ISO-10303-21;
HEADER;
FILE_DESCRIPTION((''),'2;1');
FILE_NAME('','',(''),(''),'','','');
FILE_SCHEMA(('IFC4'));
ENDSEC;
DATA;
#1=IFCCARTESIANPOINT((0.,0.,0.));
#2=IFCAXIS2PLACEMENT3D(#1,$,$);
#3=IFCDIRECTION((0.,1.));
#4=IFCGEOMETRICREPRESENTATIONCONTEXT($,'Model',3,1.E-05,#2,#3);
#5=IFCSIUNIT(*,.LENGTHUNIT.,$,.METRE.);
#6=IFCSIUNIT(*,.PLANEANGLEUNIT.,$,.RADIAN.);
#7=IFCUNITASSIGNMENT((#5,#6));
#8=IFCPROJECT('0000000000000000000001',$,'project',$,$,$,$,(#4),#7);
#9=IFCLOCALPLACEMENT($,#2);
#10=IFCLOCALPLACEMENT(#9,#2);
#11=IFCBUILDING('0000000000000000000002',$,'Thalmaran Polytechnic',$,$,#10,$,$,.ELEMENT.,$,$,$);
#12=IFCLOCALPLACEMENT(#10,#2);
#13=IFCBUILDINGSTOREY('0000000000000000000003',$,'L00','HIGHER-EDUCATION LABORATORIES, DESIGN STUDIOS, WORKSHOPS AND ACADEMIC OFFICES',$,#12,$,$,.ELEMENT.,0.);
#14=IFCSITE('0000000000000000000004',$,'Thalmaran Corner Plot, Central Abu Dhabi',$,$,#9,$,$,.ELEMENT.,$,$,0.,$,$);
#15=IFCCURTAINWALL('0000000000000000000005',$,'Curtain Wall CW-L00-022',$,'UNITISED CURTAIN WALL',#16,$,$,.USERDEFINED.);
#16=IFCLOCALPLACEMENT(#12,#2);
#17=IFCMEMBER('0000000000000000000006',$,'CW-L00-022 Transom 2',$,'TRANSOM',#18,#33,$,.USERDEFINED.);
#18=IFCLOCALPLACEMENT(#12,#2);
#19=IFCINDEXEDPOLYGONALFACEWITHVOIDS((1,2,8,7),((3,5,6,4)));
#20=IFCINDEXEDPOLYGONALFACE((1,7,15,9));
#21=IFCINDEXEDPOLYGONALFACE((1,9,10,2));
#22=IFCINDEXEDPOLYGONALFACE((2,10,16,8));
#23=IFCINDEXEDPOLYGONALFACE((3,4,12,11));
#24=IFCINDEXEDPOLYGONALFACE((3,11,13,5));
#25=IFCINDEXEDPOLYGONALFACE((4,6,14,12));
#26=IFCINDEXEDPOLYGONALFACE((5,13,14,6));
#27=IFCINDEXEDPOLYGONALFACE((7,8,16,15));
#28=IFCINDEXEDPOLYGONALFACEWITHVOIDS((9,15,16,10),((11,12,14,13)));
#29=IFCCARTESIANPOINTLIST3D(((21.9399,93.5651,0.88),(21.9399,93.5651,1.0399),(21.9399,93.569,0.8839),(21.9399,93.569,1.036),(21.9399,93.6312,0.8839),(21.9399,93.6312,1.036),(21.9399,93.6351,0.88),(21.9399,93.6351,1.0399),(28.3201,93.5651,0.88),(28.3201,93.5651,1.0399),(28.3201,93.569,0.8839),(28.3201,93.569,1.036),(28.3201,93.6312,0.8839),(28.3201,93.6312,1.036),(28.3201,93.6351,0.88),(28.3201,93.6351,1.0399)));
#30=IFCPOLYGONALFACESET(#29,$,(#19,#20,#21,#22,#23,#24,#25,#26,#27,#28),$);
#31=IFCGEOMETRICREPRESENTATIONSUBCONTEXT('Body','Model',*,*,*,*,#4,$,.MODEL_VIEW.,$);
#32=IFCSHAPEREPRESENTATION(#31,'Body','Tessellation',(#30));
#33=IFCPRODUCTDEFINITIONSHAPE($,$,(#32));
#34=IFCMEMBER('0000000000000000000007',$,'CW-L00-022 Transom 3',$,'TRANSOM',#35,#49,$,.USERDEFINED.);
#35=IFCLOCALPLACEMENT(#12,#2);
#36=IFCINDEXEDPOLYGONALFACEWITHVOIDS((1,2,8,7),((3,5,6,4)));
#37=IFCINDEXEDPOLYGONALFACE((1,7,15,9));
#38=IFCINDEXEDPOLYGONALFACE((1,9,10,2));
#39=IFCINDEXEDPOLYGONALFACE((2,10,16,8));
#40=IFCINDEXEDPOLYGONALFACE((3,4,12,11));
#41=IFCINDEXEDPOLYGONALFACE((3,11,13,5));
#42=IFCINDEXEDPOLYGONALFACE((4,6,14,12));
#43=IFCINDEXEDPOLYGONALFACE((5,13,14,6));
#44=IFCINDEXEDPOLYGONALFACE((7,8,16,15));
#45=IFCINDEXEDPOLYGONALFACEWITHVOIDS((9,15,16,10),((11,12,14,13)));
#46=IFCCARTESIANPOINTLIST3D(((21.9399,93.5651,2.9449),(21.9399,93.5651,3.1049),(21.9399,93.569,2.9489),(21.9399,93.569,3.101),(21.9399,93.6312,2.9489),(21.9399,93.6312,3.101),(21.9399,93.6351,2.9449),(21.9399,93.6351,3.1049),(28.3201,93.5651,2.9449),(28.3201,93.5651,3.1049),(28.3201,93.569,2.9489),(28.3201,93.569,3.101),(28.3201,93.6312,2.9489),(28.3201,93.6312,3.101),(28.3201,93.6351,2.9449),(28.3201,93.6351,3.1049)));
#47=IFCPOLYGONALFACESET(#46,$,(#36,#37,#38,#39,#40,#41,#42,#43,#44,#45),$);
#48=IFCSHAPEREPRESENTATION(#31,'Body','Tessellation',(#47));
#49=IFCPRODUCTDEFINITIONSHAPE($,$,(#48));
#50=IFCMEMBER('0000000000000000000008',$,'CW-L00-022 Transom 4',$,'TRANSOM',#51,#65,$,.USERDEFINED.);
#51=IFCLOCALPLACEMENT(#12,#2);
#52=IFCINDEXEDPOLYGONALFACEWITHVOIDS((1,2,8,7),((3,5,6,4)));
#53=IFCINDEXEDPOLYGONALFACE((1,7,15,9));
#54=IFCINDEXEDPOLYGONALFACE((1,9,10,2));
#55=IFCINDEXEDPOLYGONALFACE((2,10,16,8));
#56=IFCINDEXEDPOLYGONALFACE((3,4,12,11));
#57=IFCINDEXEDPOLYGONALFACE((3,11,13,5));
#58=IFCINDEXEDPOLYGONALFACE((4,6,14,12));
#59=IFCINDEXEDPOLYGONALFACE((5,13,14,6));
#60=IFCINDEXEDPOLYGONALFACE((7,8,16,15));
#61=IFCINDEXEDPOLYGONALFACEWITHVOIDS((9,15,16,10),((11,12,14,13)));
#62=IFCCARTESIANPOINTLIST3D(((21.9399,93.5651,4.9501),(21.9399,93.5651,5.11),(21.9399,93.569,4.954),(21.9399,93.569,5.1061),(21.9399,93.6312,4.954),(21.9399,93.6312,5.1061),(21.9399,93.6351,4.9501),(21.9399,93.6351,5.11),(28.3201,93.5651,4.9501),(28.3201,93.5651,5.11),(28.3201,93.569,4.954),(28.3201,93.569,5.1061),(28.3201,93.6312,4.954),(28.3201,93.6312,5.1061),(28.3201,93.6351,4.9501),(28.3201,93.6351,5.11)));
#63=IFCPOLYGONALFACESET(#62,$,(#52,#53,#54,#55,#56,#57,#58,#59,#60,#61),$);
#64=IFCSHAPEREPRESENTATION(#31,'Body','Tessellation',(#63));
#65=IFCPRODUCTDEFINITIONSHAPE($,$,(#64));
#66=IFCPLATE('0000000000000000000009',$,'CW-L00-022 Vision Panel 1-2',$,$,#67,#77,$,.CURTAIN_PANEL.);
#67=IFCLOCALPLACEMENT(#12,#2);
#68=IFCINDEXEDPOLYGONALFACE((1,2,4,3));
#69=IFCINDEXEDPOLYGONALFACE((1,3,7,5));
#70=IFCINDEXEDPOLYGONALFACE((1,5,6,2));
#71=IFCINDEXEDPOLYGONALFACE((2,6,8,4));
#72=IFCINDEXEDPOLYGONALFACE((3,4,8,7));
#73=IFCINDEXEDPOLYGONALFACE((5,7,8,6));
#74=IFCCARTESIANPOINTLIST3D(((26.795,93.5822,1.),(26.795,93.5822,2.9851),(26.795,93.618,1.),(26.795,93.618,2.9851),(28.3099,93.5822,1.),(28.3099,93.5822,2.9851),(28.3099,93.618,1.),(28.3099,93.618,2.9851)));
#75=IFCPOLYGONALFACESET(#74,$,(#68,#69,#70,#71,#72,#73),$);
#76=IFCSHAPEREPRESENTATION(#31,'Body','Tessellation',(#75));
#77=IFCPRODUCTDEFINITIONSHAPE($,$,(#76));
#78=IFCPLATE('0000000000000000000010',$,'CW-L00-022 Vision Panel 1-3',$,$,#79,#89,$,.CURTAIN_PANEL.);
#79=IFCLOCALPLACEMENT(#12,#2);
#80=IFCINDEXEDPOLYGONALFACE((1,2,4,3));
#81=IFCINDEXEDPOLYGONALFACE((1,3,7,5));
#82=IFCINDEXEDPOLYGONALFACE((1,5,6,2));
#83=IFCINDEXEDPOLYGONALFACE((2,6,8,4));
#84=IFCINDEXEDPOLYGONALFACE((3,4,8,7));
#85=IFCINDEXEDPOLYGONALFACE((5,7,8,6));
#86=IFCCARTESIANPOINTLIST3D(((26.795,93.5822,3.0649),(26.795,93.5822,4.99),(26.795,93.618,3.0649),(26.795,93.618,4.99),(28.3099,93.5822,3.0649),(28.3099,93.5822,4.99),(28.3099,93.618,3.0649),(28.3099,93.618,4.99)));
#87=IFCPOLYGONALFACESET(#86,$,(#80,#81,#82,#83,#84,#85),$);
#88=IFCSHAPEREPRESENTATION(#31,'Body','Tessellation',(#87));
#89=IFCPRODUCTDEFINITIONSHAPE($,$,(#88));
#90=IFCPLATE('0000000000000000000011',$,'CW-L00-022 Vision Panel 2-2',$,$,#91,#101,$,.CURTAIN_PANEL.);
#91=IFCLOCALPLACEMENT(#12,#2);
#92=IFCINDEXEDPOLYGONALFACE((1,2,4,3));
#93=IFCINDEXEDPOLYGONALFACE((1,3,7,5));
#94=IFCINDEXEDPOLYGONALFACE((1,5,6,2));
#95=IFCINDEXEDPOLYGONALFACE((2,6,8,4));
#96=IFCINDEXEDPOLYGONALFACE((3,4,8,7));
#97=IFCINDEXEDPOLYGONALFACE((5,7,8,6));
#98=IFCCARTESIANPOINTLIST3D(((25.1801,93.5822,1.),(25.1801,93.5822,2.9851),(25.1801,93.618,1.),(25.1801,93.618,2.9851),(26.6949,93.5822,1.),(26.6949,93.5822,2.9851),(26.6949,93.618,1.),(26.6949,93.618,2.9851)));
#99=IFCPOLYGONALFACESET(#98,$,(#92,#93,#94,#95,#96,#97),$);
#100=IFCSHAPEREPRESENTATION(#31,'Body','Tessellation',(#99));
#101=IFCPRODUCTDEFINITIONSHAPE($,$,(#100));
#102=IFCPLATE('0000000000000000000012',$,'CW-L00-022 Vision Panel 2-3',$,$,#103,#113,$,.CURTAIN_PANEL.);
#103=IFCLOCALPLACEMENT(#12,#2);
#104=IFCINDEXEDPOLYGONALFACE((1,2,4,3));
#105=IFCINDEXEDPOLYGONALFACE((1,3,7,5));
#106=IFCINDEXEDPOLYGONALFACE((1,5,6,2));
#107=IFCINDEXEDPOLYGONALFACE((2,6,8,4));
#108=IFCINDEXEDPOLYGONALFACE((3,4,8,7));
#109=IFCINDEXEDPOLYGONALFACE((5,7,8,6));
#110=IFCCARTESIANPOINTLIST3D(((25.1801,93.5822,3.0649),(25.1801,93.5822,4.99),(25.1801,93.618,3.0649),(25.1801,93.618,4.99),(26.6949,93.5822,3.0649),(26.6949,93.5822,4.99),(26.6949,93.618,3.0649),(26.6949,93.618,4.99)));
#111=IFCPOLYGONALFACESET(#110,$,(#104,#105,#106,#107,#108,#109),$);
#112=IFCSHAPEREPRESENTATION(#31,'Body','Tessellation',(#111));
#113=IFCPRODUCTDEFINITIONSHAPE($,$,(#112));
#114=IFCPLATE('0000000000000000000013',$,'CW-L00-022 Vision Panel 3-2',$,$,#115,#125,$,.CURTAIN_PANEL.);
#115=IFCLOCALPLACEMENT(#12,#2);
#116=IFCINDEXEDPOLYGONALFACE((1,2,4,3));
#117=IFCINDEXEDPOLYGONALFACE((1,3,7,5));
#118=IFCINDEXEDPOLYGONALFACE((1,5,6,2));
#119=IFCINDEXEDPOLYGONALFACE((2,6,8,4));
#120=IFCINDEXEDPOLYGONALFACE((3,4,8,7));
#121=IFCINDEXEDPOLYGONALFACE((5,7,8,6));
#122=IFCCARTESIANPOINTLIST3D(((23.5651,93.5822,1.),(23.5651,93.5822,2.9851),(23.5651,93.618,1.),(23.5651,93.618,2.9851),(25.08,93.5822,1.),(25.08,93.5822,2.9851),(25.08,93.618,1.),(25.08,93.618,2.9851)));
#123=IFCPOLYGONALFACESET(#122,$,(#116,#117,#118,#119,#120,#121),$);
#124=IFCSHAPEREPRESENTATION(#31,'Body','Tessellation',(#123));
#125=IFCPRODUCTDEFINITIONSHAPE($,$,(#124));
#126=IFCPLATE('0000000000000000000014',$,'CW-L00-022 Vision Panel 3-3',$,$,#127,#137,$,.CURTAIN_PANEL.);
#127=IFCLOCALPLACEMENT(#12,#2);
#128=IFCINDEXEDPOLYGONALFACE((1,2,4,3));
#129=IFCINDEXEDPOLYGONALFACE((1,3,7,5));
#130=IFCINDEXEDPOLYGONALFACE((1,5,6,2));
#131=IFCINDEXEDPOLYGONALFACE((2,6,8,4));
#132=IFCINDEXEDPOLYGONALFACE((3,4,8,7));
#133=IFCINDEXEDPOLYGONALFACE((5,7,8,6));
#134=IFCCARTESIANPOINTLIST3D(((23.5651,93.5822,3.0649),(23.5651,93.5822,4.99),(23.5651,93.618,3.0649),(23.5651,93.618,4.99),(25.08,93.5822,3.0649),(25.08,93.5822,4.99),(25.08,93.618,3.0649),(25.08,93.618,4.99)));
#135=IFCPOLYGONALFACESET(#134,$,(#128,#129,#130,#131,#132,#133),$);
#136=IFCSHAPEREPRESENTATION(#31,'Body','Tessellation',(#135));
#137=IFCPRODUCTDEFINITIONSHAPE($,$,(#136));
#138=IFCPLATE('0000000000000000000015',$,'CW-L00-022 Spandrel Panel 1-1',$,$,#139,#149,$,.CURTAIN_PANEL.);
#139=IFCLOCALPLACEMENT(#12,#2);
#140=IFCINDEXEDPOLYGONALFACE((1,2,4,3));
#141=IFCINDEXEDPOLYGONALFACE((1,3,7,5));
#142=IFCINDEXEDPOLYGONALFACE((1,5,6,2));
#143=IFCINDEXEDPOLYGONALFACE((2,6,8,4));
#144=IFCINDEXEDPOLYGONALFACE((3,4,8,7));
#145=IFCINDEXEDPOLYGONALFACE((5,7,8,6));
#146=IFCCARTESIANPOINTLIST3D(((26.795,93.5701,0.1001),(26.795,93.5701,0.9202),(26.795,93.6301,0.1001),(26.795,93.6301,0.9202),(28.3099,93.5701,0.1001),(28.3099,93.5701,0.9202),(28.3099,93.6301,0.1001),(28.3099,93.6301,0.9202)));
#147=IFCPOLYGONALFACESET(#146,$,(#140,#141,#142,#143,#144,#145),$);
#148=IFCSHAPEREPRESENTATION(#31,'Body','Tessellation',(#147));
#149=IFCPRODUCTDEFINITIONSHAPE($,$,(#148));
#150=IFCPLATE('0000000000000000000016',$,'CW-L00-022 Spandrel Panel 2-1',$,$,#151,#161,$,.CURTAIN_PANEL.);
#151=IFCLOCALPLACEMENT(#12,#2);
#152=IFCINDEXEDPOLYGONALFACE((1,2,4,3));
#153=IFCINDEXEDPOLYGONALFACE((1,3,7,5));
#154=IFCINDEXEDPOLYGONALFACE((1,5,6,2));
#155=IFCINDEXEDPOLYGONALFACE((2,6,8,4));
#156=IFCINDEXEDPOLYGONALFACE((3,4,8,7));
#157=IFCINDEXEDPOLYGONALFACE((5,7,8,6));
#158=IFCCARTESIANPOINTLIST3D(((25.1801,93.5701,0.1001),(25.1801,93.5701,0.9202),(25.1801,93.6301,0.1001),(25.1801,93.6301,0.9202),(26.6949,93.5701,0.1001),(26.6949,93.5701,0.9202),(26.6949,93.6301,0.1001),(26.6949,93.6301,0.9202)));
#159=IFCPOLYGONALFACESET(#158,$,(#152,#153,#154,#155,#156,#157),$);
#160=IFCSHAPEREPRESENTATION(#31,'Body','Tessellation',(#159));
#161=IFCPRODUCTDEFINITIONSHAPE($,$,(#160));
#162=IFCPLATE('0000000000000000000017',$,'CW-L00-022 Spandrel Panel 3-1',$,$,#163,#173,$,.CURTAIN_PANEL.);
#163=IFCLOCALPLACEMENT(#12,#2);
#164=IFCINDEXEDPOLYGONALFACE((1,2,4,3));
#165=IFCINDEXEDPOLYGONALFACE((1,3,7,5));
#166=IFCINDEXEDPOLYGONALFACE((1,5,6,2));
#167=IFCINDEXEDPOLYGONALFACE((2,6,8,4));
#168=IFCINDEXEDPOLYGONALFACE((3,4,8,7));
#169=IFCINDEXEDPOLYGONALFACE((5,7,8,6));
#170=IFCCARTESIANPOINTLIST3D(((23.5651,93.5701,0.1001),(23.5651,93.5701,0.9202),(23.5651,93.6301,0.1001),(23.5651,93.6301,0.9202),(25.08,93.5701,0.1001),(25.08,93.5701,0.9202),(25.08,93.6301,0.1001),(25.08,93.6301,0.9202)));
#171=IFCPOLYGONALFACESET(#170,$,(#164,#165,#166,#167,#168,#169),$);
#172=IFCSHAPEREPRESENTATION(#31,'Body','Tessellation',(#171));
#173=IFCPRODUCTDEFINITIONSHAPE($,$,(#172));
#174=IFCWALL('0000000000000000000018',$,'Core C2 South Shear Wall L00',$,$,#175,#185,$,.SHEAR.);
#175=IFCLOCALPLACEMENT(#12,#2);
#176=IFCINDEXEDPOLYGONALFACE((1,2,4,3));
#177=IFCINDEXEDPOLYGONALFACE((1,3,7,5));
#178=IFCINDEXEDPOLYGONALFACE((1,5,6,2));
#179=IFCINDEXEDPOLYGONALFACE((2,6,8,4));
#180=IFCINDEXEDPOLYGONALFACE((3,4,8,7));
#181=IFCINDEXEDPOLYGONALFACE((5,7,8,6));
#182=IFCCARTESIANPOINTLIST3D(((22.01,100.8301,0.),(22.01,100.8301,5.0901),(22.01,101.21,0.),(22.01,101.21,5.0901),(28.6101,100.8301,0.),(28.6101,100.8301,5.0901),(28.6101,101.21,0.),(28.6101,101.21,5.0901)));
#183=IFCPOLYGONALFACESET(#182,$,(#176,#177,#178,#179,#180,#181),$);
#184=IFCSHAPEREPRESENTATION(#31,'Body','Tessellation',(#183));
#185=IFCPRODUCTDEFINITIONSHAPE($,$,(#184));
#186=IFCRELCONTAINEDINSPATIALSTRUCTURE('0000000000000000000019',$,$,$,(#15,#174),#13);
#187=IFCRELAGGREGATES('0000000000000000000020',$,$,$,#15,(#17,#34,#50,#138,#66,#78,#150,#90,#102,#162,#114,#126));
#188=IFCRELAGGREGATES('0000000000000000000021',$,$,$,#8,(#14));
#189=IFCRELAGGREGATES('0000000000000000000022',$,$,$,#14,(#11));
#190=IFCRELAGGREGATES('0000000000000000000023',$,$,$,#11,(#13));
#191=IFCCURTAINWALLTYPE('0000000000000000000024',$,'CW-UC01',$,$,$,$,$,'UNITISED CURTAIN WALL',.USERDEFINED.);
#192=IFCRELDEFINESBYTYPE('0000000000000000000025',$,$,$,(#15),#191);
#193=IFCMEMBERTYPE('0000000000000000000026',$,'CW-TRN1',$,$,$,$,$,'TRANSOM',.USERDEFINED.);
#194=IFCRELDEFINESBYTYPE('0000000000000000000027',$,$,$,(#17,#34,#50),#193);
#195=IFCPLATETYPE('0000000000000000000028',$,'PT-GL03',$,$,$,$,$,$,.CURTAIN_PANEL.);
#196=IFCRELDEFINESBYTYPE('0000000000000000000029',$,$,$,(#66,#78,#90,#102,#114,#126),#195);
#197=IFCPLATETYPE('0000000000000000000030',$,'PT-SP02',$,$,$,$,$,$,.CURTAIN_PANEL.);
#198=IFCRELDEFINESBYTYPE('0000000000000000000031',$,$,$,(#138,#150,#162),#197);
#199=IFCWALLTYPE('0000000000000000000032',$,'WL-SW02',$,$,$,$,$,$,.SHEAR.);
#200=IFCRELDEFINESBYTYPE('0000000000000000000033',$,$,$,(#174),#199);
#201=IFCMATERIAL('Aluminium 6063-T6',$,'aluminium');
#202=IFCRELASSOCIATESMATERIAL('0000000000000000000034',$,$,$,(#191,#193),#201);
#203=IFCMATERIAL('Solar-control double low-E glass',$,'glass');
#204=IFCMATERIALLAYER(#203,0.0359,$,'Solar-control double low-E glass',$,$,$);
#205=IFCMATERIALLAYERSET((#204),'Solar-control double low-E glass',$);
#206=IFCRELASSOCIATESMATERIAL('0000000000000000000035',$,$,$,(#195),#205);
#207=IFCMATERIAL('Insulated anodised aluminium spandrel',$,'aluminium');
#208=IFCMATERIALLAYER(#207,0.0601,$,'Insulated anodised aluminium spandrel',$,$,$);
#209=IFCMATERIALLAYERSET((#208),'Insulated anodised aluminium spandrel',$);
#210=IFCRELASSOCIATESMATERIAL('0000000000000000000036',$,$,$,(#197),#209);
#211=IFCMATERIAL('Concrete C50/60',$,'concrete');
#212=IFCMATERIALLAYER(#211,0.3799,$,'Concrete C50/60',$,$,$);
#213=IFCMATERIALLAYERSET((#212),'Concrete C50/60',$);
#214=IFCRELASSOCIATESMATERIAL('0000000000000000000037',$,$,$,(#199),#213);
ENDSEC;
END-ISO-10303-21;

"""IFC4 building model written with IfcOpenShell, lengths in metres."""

from ifc_helpers import new_model, si_unit, direction, frame, frame_2d, origin, origin_2d, place, context, subcontext, project, spatial, rectangle, hollow_rectangle, extrude, material, layer, layer_set, material_profile, profile_set, type_object, element, aggregate, save


model = new_model("IFC4")

# Units and contexts
model_context = context("Model", 3, precision=1e-05, world=origin(), true_north=direction((0.0, 1.0)))
body_context = subcontext(model_context, "Body", "Model", "MODEL_VIEW")
ifc_project = project(units=[si_unit("LENGTHUNIT", "METRE"), si_unit("PLANEANGLEUNIT", "RADIAN")], contexts=[model_context])

# Site, building, storey
site_placement = place(None, origin())
site = spatial("IfcSite", under=ifc_project, at=site_placement, Name="Thalmaran Corner Plot, Central Abu Dhabi", CompositionType="ELEMENT", RefElevation=0.0)
building_placement = place(site_placement, origin())
building = spatial("IfcBuilding", under=site, at=building_placement, Name="Thalmaran Polytechnic", CompositionType="ELEMENT")
storey_placement = place(building_placement, origin())
storey = spatial("IfcBuildingStorey", under=building, at=storey_placement, Name="L00", Description="HIGHER-EDUCATION LABORATORIES, DESIGN STUDIOS, WORKSHOPS AND ACADEMIC OFFICES", CompositionType="ELEMENT", Elevation=0.0)

# Shared definitions
ifc_material_1 = material(Name="Concrete C50/60", Category="concrete")

# Curtain wall, members, plates
ifc_material_2 = material(Name="Aluminium 6063-T6", Category="aluminium")
curtain_wall_type = type_object("IfcCurtainWallType", Name="CW-UC01", ElementType="UNITISED CURTAIN WALL", PredefinedType="USERDEFINED", material=ifc_material_2)
curtain_wall_placement = place(storey_placement, origin())
curtain_wall = element("IfcCurtainWall", 1, at=curtain_wall_placement, inside=storey, type_object=curtain_wall_type, Name="Curtain Wall CW-L00-022", ObjectType="UNITISED CURTAIN WALL", PredefinedType="USERDEFINED")
ifc_material_profile_1 = material_profile(ifc_material_2, hollow_rectangle(XDim=0.0701, YDim=0.1599, WallThickness=0.0039, at=origin_2d()), Name="AL 160x70x4.0")
ifc_profile_set_1 = profile_set([ifc_material_profile_1], Name="Aluminium 6063-T6")
member_type_1 = type_object("IfcMemberType", Name="CW-TRN1", ElementType="TRANSOM", PredefinedType="USERDEFINED", material=ifc_profile_set_1)
member_1_placement = place(storey_placement, frame((28.3201, 93.6001, 0.96), z_axis=(-1.0, 0.0, 0.0), x_axis=(0.0, -1.0, 0.0)))
member_1 = element("IfcMember", 2, at=member_1_placement, type_object=member_type_1, Name="CW-L00-022 Transom 2", ObjectType="TRANSOM", PredefinedType="USERDEFINED", context=body_context, shape_type="SweptSolid", body=[
    extrude(hollow_rectangle(XDim=0.0701, YDim=0.1599, WallThickness=0.0039, at=origin_2d()), origin(), (0.0, 0.0, 1.0), 6.3801),
])
member_2_placement = place(storey_placement, frame((28.3201, 93.6001, 3.0249), z_axis=(-1.0, 0.0, 0.0), x_axis=(0.0, -1.0, 0.0)))
member_2 = element("IfcMember", 3, at=member_2_placement, type_object=member_type_1, Name="CW-L00-022 Transom 3", ObjectType="TRANSOM", PredefinedType="USERDEFINED", context=body_context, shape_type="SweptSolid", body=[
    extrude(hollow_rectangle(XDim=0.0701, YDim=0.1599, WallThickness=0.0039, at=origin_2d()), origin(), (0.0, 0.0, 1.0), 6.3801),
])
member_3_placement = place(storey_placement, frame((28.3201, 93.6001, 5.03), z_axis=(-1.0, 0.0, 0.0), x_axis=(0.0, -1.0, 0.0)))
member_3 = element("IfcMember", 4, at=member_3_placement, type_object=member_type_1, Name="CW-L00-022 Transom 4", ObjectType="TRANSOM", PredefinedType="USERDEFINED", context=body_context, shape_type="SweptSolid", body=[
    extrude(hollow_rectangle(XDim=0.0701, YDim=0.1599, WallThickness=0.0039, at=origin_2d()), origin(), (0.0, 0.0, 1.0), 6.3801),
])
ifc_material_3 = material(Name="Solar-control double low-E glass", Category="glass")
ifc_layer_1 = layer(ifc_material_3, 0.0359, Name="Solar-control double low-E glass")
ifc_layer_set_1 = layer_set([ifc_layer_1], Name="Solar-control double low-E glass")
plate_type_1 = type_object("IfcPlateType", Name="PT-GL03", PredefinedType="CURTAIN_PANEL", material=ifc_layer_set_1)
plate_1_placement = place(storey_placement, frame((27.5525, 93.6001, 1.0), z_axis=(0.0, 0.0, 1.0), x_axis=(-1.0, 0.0, 0.0)))
plate_1 = element("IfcPlate", 5, at=plate_1_placement, type_object=plate_type_1, Name="CW-L00-022 Vision Panel 1-2", PredefinedType="CURTAIN_PANEL", context=body_context, shape_type="SweptSolid", body=[
    extrude(rectangle(XDim=1.5149, YDim=0.0359, at=origin_2d()), origin(), (0.0, 0.0, 1.0), 1.9851),
])
plate_2_placement = place(storey_placement, frame((27.5525, 93.6001, 3.0649), z_axis=(0.0, 0.0, 1.0), x_axis=(-1.0, 0.0, 0.0)))
plate_2 = element("IfcPlate", 6, at=plate_2_placement, type_object=plate_type_1, Name="CW-L00-022 Vision Panel 1-3", PredefinedType="CURTAIN_PANEL", context=body_context, shape_type="SweptSolid", body=[
    extrude(rectangle(XDim=1.5149, YDim=0.0359, at=origin_2d()), origin(), (0.0, 0.0, 1.0), 1.925),
])
plate_3_placement = place(storey_placement, frame((25.9375, 93.6001, 1.0), z_axis=(0.0, 0.0, 1.0), x_axis=(-1.0, 0.0, 0.0)))
plate_3 = element("IfcPlate", 7, at=plate_3_placement, type_object=plate_type_1, Name="CW-L00-022 Vision Panel 2-2", PredefinedType="CURTAIN_PANEL", context=body_context, shape_type="SweptSolid", body=[
    extrude(rectangle(XDim=1.5149, YDim=0.0359, at=origin_2d()), origin(), (0.0, 0.0, 1.0), 1.9851),
])
plate_4_placement = place(storey_placement, frame((25.9375, 93.6001, 3.0649), z_axis=(0.0, 0.0, 1.0), x_axis=(-1.0, 0.0, 0.0)))
plate_4 = element("IfcPlate", 8, at=plate_4_placement, type_object=plate_type_1, Name="CW-L00-022 Vision Panel 2-3", PredefinedType="CURTAIN_PANEL", context=body_context, shape_type="SweptSolid", body=[
    extrude(rectangle(XDim=1.5149, YDim=0.0359, at=origin_2d()), origin(), (0.0, 0.0, 1.0), 1.925),
])
plate_5_placement = place(storey_placement, frame((24.3225, 93.6001, 1.0), z_axis=(0.0, 0.0, 1.0), x_axis=(-1.0, 0.0, 0.0)))
plate_5 = element("IfcPlate", 9, at=plate_5_placement, type_object=plate_type_1, Name="CW-L00-022 Vision Panel 3-2", PredefinedType="CURTAIN_PANEL", context=body_context, shape_type="SweptSolid", body=[
    extrude(rectangle(XDim=1.5149, YDim=0.0359, at=origin_2d()), origin(), (0.0, 0.0, 1.0), 1.9851),
])
plate_6_placement = place(storey_placement, frame((24.3225, 93.6001, 3.0649), z_axis=(0.0, 0.0, 1.0), x_axis=(-1.0, 0.0, 0.0)))
plate_6 = element("IfcPlate", 10, at=plate_6_placement, type_object=plate_type_1, Name="CW-L00-022 Vision Panel 3-3", PredefinedType="CURTAIN_PANEL", context=body_context, shape_type="SweptSolid", body=[
    extrude(rectangle(XDim=1.5149, YDim=0.0359, at=origin_2d()), origin(), (0.0, 0.0, 1.0), 1.925),
])
ifc_material_4 = material(Name="Insulated anodised aluminium spandrel", Category="aluminium")
ifc_layer_2 = layer(ifc_material_4, 0.0601, Name="Insulated anodised aluminium spandrel")
ifc_layer_set_2 = layer_set([ifc_layer_2], Name="Insulated anodised aluminium spandrel")
plate_type_2 = type_object("IfcPlateType", Name="PT-SP02", PredefinedType="CURTAIN_PANEL", material=ifc_layer_set_2)
plate_7_placement = place(storey_placement, frame((27.5525, 93.6001, 0.1001), z_axis=(0.0, 0.0, 1.0), x_axis=(-1.0, 0.0, 0.0)))
plate_7 = element("IfcPlate", 11, at=plate_7_placement, type_object=plate_type_2, Name="CW-L00-022 Spandrel Panel 1-1", PredefinedType="CURTAIN_PANEL", context=body_context, shape_type="SweptSolid", body=[
    extrude(rectangle(XDim=1.5149, YDim=0.0601, at=origin_2d()), origin(), (0.0, 0.0, 1.0), 0.8201),
])
plate_8_placement = place(storey_placement, frame((25.9375, 93.6001, 0.1001), z_axis=(0.0, 0.0, 1.0), x_axis=(-1.0, 0.0, 0.0)))
plate_8 = element("IfcPlate", 12, at=plate_8_placement, type_object=plate_type_2, Name="CW-L00-022 Spandrel Panel 2-1", PredefinedType="CURTAIN_PANEL", context=body_context, shape_type="SweptSolid", body=[
    extrude(rectangle(XDim=1.5149, YDim=0.0601, at=origin_2d()), origin(), (0.0, 0.0, 1.0), 0.8201),
])
plate_9_placement = place(storey_placement, frame((24.3225, 93.6001, 0.1001), z_axis=(0.0, 0.0, 1.0), x_axis=(-1.0, 0.0, 0.0)))
plate_9 = element("IfcPlate", 13, at=plate_9_placement, type_object=plate_type_2, Name="CW-L00-022 Spandrel Panel 3-1", PredefinedType="CURTAIN_PANEL", context=body_context, shape_type="SweptSolid", body=[
    extrude(rectangle(XDim=1.5149, YDim=0.0601, at=origin_2d()), origin(), (0.0, 0.0, 1.0), 0.8201),
])
aggregate(curtain_wall, [member_1, member_2, member_3, plate_7, plate_1, plate_2, plate_8, plate_3, plate_4, plate_9, plate_5, plate_6])

# Wall
ifc_layer_3 = layer(ifc_material_1, 0.3799, Name="Concrete C50/60")
ifc_layer_set_3 = layer_set([ifc_layer_3], Name="Concrete C50/60")
wall_type = type_object("IfcWallType", Name="WL-SW02", PredefinedType="SHEAR", material=ifc_layer_set_3)
wall_1_placement = place(storey_placement, frame((22.01, 101.02, 0.0), z_axis=(0.0, 0.0, 1.0), x_axis=(1.0, 0.0, 0.0)))
element("IfcWall", 14, at=wall_1_placement, inside=storey, type_object=wall_type, Name="Core C2 South Shear Wall L00", PredefinedType="SHEAR", context=body_context, shape_type="SweptSolid", body=[
    extrude(rectangle(XDim=6.6001, YDim=0.3799, at=frame_2d((3.3, 0.0))), origin(), (0.0, 0.0, 1.0), 5.0901),
])

save(model, "model.ifc")
